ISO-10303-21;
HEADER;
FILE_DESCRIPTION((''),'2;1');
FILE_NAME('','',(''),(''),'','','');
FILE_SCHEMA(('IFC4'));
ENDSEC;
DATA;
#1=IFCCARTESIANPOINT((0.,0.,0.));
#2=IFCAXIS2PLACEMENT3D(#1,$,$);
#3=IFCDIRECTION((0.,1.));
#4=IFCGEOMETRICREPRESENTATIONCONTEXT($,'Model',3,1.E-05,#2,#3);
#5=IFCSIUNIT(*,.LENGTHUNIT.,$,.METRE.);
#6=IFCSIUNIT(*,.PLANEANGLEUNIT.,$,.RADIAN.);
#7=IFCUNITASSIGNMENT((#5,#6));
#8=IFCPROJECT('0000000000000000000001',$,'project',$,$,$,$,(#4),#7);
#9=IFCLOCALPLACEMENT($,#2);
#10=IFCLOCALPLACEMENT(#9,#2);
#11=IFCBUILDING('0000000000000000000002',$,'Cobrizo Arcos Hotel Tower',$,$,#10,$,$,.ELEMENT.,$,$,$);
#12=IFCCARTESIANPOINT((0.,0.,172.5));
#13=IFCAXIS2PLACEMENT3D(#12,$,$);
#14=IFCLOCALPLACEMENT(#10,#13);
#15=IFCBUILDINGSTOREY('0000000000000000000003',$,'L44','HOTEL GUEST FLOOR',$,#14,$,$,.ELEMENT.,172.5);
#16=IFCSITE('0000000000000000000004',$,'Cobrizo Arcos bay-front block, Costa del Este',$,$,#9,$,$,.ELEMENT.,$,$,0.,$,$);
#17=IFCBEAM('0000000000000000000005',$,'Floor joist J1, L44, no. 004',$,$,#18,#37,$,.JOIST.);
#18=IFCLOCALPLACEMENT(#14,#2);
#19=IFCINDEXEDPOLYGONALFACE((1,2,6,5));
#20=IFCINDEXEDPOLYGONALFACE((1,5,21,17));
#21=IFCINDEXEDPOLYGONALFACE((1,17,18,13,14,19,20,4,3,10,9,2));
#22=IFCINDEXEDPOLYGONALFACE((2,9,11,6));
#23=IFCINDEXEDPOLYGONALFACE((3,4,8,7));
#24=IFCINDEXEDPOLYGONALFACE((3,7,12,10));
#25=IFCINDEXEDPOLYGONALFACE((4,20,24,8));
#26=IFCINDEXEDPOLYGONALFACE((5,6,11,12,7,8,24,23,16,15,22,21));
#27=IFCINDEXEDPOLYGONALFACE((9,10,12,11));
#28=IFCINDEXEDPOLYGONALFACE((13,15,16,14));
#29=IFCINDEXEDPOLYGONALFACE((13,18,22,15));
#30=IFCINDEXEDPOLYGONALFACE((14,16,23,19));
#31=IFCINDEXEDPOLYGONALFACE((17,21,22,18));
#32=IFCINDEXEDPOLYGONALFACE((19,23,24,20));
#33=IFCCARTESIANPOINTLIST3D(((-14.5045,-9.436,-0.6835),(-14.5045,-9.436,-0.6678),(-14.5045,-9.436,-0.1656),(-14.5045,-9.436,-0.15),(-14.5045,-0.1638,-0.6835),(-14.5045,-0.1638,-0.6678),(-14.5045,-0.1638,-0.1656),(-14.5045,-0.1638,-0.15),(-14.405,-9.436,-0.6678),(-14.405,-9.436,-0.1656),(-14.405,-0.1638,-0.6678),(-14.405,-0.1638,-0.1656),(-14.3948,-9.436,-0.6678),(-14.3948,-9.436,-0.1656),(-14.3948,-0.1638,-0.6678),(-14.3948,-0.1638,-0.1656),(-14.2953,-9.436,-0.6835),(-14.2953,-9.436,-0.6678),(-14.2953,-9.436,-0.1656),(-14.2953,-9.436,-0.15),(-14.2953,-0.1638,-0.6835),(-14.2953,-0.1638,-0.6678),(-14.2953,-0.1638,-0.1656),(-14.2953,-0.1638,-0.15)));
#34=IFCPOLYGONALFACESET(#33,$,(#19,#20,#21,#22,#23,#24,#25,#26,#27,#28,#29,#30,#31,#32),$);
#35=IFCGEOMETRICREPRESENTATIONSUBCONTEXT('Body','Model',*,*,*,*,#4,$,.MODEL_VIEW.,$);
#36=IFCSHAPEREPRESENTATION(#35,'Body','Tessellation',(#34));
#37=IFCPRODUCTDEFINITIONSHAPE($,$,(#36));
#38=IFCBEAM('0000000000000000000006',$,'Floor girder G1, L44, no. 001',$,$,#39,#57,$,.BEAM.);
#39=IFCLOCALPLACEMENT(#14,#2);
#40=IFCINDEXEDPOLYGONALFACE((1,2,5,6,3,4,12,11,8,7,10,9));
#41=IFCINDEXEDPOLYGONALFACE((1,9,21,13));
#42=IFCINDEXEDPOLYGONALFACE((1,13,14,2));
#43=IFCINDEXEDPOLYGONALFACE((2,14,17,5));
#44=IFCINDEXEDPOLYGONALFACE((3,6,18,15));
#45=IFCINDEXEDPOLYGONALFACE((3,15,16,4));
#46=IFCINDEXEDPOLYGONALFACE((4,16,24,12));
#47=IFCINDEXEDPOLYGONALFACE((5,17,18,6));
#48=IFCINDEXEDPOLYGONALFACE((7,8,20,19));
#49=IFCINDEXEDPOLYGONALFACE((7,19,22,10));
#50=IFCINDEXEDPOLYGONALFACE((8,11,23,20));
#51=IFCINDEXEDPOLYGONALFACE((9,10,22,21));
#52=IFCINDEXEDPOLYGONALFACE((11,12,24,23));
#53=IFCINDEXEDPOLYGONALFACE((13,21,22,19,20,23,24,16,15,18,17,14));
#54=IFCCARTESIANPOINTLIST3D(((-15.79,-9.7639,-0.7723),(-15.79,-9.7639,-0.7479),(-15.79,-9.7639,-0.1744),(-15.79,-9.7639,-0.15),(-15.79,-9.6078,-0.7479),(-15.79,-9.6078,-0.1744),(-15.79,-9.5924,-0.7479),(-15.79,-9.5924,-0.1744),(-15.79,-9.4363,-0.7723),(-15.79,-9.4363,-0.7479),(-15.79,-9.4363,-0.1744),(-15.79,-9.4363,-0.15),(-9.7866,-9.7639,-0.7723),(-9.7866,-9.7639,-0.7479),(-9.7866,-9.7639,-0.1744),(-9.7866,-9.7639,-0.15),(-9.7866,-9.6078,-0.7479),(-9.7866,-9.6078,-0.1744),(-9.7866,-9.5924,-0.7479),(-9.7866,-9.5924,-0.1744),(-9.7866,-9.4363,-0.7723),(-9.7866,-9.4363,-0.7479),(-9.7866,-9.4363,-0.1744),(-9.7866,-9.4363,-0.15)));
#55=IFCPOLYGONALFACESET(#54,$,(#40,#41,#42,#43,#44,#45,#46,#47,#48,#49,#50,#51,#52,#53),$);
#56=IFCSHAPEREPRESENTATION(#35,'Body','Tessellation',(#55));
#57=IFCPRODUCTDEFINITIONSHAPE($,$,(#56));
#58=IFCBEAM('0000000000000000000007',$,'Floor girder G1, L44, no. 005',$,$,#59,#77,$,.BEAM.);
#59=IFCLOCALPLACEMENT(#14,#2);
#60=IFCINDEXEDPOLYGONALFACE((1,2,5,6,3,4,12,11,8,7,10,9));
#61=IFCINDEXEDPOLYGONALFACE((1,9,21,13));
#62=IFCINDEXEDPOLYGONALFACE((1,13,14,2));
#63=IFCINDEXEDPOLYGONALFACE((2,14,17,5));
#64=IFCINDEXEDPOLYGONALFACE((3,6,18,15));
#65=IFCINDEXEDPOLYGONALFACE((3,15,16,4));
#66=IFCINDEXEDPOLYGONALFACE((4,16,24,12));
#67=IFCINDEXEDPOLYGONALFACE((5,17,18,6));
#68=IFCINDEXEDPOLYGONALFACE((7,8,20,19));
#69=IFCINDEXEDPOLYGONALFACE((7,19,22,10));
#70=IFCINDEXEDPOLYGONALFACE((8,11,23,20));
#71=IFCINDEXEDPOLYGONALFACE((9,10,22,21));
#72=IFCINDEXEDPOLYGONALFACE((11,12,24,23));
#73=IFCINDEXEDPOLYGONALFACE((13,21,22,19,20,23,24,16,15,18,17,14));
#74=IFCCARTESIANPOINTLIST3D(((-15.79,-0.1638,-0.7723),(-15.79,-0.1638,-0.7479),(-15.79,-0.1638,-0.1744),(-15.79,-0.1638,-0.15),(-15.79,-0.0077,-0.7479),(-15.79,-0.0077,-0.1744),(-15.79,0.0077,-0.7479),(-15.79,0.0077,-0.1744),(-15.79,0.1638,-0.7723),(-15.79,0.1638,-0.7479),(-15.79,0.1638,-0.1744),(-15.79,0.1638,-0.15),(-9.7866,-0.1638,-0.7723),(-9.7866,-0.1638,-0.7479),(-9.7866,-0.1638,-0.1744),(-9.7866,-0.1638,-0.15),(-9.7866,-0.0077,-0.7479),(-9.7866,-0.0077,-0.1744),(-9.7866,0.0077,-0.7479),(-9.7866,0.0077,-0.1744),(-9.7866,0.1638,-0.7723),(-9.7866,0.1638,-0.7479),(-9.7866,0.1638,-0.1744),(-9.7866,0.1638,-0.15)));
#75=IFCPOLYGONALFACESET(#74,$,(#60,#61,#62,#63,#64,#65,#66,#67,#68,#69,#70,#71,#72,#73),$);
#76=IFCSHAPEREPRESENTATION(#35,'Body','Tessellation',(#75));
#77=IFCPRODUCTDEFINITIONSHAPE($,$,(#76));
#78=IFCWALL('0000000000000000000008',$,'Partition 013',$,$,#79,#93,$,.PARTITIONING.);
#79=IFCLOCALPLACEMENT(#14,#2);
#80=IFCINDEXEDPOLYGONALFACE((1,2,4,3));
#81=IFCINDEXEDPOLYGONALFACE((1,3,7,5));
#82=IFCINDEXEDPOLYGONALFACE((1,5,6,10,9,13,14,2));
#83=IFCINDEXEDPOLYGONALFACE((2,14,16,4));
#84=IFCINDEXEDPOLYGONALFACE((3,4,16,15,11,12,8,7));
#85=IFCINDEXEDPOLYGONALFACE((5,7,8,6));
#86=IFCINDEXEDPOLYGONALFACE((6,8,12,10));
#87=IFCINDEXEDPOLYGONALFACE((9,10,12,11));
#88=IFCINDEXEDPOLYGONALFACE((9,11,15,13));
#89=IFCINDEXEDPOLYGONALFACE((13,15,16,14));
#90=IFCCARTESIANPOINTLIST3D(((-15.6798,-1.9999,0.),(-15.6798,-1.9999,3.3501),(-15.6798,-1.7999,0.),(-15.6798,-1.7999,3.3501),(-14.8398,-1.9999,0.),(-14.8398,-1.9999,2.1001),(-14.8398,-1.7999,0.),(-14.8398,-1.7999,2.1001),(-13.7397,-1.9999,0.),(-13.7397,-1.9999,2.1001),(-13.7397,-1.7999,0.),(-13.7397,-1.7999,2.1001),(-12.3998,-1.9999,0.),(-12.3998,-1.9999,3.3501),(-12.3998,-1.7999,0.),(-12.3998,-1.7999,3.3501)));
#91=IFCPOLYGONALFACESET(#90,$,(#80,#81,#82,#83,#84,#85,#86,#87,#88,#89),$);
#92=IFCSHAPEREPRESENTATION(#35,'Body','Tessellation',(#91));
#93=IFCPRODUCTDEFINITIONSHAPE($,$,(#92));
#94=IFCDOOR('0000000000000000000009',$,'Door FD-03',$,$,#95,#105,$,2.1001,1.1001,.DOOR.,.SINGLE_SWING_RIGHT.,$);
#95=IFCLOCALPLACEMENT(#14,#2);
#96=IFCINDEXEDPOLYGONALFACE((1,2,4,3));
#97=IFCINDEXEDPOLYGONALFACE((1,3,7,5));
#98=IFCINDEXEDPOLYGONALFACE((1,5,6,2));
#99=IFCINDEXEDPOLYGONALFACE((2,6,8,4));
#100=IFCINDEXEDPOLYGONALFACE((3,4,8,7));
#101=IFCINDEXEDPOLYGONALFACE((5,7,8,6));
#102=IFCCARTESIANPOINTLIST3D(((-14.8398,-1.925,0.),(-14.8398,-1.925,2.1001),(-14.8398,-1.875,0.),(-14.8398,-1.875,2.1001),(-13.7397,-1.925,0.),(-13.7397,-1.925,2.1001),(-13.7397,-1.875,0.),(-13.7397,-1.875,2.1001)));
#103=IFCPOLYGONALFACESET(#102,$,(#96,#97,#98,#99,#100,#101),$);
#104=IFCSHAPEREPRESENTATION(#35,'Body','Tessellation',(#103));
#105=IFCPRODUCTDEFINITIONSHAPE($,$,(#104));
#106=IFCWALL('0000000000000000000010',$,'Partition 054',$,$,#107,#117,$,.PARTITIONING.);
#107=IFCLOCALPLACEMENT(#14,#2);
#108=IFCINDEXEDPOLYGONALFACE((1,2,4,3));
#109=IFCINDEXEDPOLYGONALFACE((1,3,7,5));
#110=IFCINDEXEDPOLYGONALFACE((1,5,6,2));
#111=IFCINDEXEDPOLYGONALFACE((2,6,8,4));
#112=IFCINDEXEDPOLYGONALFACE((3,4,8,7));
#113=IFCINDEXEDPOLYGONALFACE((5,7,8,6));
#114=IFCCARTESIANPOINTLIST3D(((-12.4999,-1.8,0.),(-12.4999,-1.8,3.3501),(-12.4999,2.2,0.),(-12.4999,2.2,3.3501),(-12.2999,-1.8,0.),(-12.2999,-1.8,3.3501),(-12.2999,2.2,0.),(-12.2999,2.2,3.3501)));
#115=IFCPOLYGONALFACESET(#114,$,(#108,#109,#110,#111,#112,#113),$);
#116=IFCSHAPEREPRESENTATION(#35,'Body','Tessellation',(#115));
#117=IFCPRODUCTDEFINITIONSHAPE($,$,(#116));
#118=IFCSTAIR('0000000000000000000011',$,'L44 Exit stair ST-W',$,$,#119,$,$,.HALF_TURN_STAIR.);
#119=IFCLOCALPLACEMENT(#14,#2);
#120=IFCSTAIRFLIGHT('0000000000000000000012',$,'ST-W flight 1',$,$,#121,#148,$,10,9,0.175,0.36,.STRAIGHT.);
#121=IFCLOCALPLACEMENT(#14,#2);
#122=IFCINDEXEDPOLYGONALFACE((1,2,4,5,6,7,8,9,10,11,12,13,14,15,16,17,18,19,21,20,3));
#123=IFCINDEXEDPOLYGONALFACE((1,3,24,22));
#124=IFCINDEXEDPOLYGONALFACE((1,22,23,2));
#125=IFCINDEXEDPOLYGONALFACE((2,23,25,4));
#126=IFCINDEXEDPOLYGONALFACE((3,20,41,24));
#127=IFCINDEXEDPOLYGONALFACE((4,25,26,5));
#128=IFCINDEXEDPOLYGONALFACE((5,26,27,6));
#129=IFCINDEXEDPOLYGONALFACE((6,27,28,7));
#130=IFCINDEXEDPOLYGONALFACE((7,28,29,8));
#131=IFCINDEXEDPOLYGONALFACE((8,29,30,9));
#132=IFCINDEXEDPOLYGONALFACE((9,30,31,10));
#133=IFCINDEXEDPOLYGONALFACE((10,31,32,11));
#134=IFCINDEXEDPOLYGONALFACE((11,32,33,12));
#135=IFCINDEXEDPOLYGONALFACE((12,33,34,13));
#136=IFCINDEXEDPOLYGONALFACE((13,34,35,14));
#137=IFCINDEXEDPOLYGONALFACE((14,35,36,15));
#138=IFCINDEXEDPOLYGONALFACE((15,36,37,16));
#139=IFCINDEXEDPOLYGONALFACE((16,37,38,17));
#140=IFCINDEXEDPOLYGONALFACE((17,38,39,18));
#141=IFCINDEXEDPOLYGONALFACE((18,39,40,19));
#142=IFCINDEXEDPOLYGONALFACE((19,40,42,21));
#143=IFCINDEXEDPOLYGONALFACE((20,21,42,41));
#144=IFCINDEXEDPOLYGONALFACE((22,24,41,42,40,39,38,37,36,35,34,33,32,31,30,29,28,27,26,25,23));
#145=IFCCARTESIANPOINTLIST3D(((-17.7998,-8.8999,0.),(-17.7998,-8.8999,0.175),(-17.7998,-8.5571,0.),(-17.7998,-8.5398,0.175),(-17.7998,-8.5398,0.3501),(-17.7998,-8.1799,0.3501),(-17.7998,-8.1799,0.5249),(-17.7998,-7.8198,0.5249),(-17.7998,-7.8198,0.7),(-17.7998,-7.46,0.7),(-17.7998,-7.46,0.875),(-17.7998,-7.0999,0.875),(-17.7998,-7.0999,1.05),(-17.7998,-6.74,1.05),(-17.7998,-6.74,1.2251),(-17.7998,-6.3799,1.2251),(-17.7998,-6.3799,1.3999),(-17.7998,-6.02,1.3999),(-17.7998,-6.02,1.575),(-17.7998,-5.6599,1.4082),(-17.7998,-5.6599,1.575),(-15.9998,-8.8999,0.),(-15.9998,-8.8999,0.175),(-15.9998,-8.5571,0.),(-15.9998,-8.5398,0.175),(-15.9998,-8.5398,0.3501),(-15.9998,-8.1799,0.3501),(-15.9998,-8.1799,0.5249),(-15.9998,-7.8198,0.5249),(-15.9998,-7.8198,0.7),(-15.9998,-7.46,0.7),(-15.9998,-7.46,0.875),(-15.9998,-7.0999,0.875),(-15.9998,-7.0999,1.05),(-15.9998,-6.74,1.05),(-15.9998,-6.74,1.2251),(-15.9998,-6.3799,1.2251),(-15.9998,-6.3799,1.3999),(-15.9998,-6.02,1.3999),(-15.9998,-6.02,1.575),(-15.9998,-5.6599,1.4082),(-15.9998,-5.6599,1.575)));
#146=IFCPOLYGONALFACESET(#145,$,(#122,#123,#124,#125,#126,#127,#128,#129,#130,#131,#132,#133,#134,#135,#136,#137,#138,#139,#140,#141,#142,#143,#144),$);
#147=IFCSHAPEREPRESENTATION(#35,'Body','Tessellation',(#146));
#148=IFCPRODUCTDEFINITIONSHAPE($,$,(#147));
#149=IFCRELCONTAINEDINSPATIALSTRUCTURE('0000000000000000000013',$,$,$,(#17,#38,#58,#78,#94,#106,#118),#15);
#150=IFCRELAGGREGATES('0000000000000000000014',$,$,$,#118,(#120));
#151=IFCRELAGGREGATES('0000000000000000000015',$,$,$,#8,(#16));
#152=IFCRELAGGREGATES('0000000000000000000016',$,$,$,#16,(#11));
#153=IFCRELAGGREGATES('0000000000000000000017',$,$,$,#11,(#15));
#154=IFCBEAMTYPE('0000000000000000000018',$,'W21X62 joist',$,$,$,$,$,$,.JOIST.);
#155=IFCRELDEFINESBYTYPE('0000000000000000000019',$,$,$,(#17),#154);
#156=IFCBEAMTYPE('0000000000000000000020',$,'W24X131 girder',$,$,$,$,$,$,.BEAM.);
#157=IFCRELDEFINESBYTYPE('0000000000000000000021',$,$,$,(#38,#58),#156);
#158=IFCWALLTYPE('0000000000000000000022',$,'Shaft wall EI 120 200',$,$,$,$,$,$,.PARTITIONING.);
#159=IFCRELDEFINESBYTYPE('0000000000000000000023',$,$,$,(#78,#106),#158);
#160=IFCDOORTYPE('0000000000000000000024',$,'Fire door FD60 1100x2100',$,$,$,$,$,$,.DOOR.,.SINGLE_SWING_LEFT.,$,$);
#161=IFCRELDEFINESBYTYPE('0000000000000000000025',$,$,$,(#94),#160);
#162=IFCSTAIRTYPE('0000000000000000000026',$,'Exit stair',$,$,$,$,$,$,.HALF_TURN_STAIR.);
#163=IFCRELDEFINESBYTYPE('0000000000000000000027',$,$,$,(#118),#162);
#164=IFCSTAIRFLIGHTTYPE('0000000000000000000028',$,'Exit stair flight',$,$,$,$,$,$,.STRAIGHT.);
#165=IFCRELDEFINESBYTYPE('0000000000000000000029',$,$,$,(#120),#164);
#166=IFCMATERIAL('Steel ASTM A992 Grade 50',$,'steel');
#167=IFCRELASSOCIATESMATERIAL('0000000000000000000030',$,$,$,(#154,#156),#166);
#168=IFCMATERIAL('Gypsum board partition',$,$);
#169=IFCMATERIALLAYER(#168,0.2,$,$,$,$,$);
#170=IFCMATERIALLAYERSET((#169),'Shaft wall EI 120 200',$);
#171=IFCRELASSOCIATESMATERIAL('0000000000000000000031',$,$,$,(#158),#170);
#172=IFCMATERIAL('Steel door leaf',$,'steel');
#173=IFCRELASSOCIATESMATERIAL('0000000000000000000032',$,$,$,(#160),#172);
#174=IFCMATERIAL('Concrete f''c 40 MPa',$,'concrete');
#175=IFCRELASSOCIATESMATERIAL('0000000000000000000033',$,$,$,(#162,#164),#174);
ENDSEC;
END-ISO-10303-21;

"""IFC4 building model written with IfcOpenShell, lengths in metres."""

from ifc_helpers import new_model, si_unit, direction, frame, frame_2d, origin, origin_2d, place, context, subcontext, project, spatial, polyline, rectangle, i_section, outline, extrude, material, layer, layer_set, material_profile, profile_set, type_object, element, fill, aggregate, save


model = new_model("IFC4")

# Units and contexts
model_context = context("Model", 3, precision=1e-05, world=origin(), true_north=direction((0.0, 1.0)))
body_context = subcontext(model_context, "Body", "Model", "MODEL_VIEW")
ifc_project = project(units=[si_unit("LENGTHUNIT", "METRE"), si_unit("PLANEANGLEUNIT", "RADIAN")], contexts=[model_context])

# Site, building, storey
site_placement = place(None, origin())
site = spatial("IfcSite", under=ifc_project, at=site_placement, Name="Cobrizo Arcos bay-front block, Costa del Este", CompositionType="ELEMENT", RefElevation=0.0)
building_placement = place(site_placement, origin())
building = spatial("IfcBuilding", under=site, at=building_placement, Name="Cobrizo Arcos Hotel Tower", CompositionType="ELEMENT")
storey_placement = place(building_placement, frame((0.0, 0.0, 172.5)))
storey = spatial("IfcBuildingStorey", under=building, at=storey_placement, Name="L44", Description="HOTEL GUEST FLOOR", CompositionType="ELEMENT", Elevation=172.5)

# Beams
ifc_material_1 = material(Name="Steel ASTM A992 Grade 50", Category="steel")
ifc_material_profile_1 = material_profile(ifc_material_1, i_section(OverallWidth=0.2092, OverallDepth=0.5334, WebThickness=0.0103, FlangeThickness=0.0156, at=origin_2d()), Name="W21X62")
ifc_profile_set_1 = profile_set([ifc_material_profile_1], Name="Steel ASTM A992 Grade 50")
beam_type_1 = type_object("IfcBeamType", Name="W21X62 joist", PredefinedType="JOIST", material=ifc_profile_set_1)
beam_placement = place(storey_placement, frame((-14.3999, -9.436, -0.4167), z_axis=(0.0, 1.0, 0.0), x_axis=(-1.0, 0.0, 0.0)))
element("IfcBeam", 1, at=beam_placement, inside=storey, type_object=beam_type_1, Name="Floor joist J1, L44, no. 004", PredefinedType="JOIST", context=body_context, shape_type="SweptSolid", body=[
    extrude(i_section(OverallWidth=0.2092, OverallDepth=0.5334, WebThickness=0.0103, FlangeThickness=0.0156, at=origin_2d()), origin(), (0.0, 0.0, 1.0), 9.2722),
])
ifc_material_profile_2 = material_profile(ifc_material_1, i_section(OverallWidth=0.3276, OverallDepth=0.6223, WebThickness=0.0154, FlangeThickness=0.0244, at=origin_2d()), Name="W24X131")
ifc_profile_set_2 = profile_set([ifc_material_profile_2], Name="Steel ASTM A992 Grade 50")
beam_type_2 = type_object("IfcBeamType", Name="W24X131 girder", PredefinedType="BEAM", material=ifc_profile_set_2)
for number, where, z_axis, x_axis, name in (
    (2, (-15.79, -9.6001, -0.4612), (1.0, 0.0, 0.0), (0.0, 1.0, 0.0), "Floor girder G1, L44, no. 001"),
    (3, (-15.79, 0.0, -0.4612), (1.0, 0.0, 0.0), (0.0, 1.0, 0.0), "Floor girder G1, L44, no. 005"),
):
    element("IfcBeam", number, at=place(storey_placement, frame(where, z_axis=z_axis, x_axis=x_axis)), inside=storey, type_object=beam_type_2, Name=name, PredefinedType="BEAM", context=body_context, shape_type="SweptSolid", body=[
        extrude(i_section(OverallWidth=0.3276, OverallDepth=0.6223, WebThickness=0.0154, FlangeThickness=0.0244, at=origin_2d()), origin(), (0.0, 0.0, 1.0), 6.0034),
    ])

# Wall, opening, door
ifc_material_2 = material(Name="Gypsum board partition")
ifc_layer = layer(ifc_material_2, 0.2)
ifc_layer_set = layer_set([ifc_layer], Name="Shaft wall EI 120 200")
wall_type = type_object("IfcWallType", Name="Shaft wall EI 120 200", PredefinedType="PARTITIONING", material=ifc_layer_set)
wall_1_placement = place(storey_placement, frame((-15.6799, -1.8999, 0.0), z_axis=(0.0, 0.0, 1.0), x_axis=(1.0, 0.0, 0.0)))
wall_1 = element("IfcWall", 4, at=wall_1_placement, inside=storey, type_object=wall_type, Name="Partition 013", PredefinedType="PARTITIONING", context=body_context, shape_type="SweptSolid", body=[
    extrude(rectangle(XDim=3.28, YDim=0.2, at=frame_2d((1.6401, 0.0))), origin(), (0.0, 0.0, 1.0), 3.3501),
])
opening_placement = place(wall_1_placement, frame((0.8401, 0.0, 0.0)))
opening = element("IfcOpeningElement", 5, at=opening_placement, cuts=wall_1, PredefinedType="OPENING", context=body_context, shape_type="SweptSolid", body=[
    extrude(rectangle(XDim=1.1001, YDim=2.1001, at=frame_2d((0.55, 1.05))), frame((0.0, 0.1121, 0.0), z_axis=(0.0, -1.0, 0.0), x_axis=(1.0, 0.0, 0.0)), (0.0, 0.0, 1.0), 0.2239),
])
ifc_material_3 = material(Name="Steel door leaf", Category="steel")
door_type = type_object("IfcDoorType", Name="Fire door FD60 1100x2100", OperationType="SINGLE_SWING_LEFT", PredefinedType="DOOR", material=ifc_material_3)
door_placement = place(opening_placement, origin())
door = element("IfcDoor", 6, at=door_placement, inside=storey, type_object=door_type, Name="Door FD-03", OperationType="SINGLE_SWING_RIGHT", OverallHeight=2.1001, OverallWidth=1.1001, PredefinedType="DOOR", context=body_context, shape_type="SweptSolid", body=[
    extrude(rectangle(XDim=1.1001, YDim=2.1001, at=frame_2d((0.55, 1.05))), frame((0.0, 0.0249, 0.0), z_axis=(0.0, -1.0, 0.0), x_axis=(1.0, 0.0, 0.0)), (0.0, 0.0, 1.0), 0.05),
])
fill(opening, door)

# Wall
wall_2_placement = place(storey_placement, frame((-12.3999, -1.8, 0.0), z_axis=(0.0, 0.0, 1.0), x_axis=(0.0, 1.0, 0.0)))
element("IfcWall", 7, at=wall_2_placement, inside=storey, type_object=wall_type, Name="Partition 054", PredefinedType="PARTITIONING", context=body_context, shape_type="SweptSolid", body=[
    extrude(rectangle(XDim=4.0, YDim=0.2, at=frame_2d((2.0, 0.0))), origin(), (0.0, 0.0, 1.0), 3.3501),
])

# Stair, stair flight
ifc_material_4 = material(Name="Concrete f'c 40 MPa", Category="concrete")
stair_type = type_object("IfcStairType", Name="Exit stair", PredefinedType="HALF_TURN_STAIR", material=ifc_material_4)
stair_placement = place(storey_placement, origin())
stair = element("IfcStair", 8, at=stair_placement, inside=storey, type_object=stair_type, Name="L44 Exit stair ST-W", PredefinedType="HALF_TURN_STAIR")
stair_flight_type = type_object("IfcStairFlightType", Name="Exit stair flight", PredefinedType="STRAIGHT", material=ifc_material_4)
stair_flight_placement = place(storey_placement, frame((-16.8999, -8.8999, 0.0), z_axis=(0.0, 0.0, 1.0), x_axis=(0.0, 1.0, 0.0)))
stair_flight = element("IfcStairFlight", 9, at=stair_flight_placement, type_object=stair_flight_type, Name="ST-W flight 1", NumberOfRisers=10, NumberOfTreads=9, PredefinedType="STRAIGHT", RiserHeight=0.175, TreadLength=0.36, context=body_context, shape_type="SweptSolid", body=[
    extrude(outline(polyline([(0.0, 0.0), (0.0, 0.175), (0.3601, 0.175), (0.3601, 0.3501), (0.72, 0.3501), (0.72, 0.5249), (1.0801, 0.5249), (1.0801, 0.7), (1.4399, 0.7), (1.4399, 0.875), (1.8, 0.875), (1.8, 1.05), (2.1599, 1.05), (2.1599, 1.2251), (2.52, 1.2251), (2.52, 1.3999), (2.8799, 1.3999), (2.8799, 1.575), (3.24, 1.575), (3.24, 1.75), (3.24, 1.4082), (0.3428, 0.0), (0.0, 0.0)])), frame((0.0, 0.8999, 0.0), z_axis=(0.0, -1.0, 0.0), x_axis=(1.0, 0.0, 0.0)), (0.0, 0.0, 1.0), 1.8),
])
aggregate(stair, [stair_flight])

save(model, "model.ifc")
